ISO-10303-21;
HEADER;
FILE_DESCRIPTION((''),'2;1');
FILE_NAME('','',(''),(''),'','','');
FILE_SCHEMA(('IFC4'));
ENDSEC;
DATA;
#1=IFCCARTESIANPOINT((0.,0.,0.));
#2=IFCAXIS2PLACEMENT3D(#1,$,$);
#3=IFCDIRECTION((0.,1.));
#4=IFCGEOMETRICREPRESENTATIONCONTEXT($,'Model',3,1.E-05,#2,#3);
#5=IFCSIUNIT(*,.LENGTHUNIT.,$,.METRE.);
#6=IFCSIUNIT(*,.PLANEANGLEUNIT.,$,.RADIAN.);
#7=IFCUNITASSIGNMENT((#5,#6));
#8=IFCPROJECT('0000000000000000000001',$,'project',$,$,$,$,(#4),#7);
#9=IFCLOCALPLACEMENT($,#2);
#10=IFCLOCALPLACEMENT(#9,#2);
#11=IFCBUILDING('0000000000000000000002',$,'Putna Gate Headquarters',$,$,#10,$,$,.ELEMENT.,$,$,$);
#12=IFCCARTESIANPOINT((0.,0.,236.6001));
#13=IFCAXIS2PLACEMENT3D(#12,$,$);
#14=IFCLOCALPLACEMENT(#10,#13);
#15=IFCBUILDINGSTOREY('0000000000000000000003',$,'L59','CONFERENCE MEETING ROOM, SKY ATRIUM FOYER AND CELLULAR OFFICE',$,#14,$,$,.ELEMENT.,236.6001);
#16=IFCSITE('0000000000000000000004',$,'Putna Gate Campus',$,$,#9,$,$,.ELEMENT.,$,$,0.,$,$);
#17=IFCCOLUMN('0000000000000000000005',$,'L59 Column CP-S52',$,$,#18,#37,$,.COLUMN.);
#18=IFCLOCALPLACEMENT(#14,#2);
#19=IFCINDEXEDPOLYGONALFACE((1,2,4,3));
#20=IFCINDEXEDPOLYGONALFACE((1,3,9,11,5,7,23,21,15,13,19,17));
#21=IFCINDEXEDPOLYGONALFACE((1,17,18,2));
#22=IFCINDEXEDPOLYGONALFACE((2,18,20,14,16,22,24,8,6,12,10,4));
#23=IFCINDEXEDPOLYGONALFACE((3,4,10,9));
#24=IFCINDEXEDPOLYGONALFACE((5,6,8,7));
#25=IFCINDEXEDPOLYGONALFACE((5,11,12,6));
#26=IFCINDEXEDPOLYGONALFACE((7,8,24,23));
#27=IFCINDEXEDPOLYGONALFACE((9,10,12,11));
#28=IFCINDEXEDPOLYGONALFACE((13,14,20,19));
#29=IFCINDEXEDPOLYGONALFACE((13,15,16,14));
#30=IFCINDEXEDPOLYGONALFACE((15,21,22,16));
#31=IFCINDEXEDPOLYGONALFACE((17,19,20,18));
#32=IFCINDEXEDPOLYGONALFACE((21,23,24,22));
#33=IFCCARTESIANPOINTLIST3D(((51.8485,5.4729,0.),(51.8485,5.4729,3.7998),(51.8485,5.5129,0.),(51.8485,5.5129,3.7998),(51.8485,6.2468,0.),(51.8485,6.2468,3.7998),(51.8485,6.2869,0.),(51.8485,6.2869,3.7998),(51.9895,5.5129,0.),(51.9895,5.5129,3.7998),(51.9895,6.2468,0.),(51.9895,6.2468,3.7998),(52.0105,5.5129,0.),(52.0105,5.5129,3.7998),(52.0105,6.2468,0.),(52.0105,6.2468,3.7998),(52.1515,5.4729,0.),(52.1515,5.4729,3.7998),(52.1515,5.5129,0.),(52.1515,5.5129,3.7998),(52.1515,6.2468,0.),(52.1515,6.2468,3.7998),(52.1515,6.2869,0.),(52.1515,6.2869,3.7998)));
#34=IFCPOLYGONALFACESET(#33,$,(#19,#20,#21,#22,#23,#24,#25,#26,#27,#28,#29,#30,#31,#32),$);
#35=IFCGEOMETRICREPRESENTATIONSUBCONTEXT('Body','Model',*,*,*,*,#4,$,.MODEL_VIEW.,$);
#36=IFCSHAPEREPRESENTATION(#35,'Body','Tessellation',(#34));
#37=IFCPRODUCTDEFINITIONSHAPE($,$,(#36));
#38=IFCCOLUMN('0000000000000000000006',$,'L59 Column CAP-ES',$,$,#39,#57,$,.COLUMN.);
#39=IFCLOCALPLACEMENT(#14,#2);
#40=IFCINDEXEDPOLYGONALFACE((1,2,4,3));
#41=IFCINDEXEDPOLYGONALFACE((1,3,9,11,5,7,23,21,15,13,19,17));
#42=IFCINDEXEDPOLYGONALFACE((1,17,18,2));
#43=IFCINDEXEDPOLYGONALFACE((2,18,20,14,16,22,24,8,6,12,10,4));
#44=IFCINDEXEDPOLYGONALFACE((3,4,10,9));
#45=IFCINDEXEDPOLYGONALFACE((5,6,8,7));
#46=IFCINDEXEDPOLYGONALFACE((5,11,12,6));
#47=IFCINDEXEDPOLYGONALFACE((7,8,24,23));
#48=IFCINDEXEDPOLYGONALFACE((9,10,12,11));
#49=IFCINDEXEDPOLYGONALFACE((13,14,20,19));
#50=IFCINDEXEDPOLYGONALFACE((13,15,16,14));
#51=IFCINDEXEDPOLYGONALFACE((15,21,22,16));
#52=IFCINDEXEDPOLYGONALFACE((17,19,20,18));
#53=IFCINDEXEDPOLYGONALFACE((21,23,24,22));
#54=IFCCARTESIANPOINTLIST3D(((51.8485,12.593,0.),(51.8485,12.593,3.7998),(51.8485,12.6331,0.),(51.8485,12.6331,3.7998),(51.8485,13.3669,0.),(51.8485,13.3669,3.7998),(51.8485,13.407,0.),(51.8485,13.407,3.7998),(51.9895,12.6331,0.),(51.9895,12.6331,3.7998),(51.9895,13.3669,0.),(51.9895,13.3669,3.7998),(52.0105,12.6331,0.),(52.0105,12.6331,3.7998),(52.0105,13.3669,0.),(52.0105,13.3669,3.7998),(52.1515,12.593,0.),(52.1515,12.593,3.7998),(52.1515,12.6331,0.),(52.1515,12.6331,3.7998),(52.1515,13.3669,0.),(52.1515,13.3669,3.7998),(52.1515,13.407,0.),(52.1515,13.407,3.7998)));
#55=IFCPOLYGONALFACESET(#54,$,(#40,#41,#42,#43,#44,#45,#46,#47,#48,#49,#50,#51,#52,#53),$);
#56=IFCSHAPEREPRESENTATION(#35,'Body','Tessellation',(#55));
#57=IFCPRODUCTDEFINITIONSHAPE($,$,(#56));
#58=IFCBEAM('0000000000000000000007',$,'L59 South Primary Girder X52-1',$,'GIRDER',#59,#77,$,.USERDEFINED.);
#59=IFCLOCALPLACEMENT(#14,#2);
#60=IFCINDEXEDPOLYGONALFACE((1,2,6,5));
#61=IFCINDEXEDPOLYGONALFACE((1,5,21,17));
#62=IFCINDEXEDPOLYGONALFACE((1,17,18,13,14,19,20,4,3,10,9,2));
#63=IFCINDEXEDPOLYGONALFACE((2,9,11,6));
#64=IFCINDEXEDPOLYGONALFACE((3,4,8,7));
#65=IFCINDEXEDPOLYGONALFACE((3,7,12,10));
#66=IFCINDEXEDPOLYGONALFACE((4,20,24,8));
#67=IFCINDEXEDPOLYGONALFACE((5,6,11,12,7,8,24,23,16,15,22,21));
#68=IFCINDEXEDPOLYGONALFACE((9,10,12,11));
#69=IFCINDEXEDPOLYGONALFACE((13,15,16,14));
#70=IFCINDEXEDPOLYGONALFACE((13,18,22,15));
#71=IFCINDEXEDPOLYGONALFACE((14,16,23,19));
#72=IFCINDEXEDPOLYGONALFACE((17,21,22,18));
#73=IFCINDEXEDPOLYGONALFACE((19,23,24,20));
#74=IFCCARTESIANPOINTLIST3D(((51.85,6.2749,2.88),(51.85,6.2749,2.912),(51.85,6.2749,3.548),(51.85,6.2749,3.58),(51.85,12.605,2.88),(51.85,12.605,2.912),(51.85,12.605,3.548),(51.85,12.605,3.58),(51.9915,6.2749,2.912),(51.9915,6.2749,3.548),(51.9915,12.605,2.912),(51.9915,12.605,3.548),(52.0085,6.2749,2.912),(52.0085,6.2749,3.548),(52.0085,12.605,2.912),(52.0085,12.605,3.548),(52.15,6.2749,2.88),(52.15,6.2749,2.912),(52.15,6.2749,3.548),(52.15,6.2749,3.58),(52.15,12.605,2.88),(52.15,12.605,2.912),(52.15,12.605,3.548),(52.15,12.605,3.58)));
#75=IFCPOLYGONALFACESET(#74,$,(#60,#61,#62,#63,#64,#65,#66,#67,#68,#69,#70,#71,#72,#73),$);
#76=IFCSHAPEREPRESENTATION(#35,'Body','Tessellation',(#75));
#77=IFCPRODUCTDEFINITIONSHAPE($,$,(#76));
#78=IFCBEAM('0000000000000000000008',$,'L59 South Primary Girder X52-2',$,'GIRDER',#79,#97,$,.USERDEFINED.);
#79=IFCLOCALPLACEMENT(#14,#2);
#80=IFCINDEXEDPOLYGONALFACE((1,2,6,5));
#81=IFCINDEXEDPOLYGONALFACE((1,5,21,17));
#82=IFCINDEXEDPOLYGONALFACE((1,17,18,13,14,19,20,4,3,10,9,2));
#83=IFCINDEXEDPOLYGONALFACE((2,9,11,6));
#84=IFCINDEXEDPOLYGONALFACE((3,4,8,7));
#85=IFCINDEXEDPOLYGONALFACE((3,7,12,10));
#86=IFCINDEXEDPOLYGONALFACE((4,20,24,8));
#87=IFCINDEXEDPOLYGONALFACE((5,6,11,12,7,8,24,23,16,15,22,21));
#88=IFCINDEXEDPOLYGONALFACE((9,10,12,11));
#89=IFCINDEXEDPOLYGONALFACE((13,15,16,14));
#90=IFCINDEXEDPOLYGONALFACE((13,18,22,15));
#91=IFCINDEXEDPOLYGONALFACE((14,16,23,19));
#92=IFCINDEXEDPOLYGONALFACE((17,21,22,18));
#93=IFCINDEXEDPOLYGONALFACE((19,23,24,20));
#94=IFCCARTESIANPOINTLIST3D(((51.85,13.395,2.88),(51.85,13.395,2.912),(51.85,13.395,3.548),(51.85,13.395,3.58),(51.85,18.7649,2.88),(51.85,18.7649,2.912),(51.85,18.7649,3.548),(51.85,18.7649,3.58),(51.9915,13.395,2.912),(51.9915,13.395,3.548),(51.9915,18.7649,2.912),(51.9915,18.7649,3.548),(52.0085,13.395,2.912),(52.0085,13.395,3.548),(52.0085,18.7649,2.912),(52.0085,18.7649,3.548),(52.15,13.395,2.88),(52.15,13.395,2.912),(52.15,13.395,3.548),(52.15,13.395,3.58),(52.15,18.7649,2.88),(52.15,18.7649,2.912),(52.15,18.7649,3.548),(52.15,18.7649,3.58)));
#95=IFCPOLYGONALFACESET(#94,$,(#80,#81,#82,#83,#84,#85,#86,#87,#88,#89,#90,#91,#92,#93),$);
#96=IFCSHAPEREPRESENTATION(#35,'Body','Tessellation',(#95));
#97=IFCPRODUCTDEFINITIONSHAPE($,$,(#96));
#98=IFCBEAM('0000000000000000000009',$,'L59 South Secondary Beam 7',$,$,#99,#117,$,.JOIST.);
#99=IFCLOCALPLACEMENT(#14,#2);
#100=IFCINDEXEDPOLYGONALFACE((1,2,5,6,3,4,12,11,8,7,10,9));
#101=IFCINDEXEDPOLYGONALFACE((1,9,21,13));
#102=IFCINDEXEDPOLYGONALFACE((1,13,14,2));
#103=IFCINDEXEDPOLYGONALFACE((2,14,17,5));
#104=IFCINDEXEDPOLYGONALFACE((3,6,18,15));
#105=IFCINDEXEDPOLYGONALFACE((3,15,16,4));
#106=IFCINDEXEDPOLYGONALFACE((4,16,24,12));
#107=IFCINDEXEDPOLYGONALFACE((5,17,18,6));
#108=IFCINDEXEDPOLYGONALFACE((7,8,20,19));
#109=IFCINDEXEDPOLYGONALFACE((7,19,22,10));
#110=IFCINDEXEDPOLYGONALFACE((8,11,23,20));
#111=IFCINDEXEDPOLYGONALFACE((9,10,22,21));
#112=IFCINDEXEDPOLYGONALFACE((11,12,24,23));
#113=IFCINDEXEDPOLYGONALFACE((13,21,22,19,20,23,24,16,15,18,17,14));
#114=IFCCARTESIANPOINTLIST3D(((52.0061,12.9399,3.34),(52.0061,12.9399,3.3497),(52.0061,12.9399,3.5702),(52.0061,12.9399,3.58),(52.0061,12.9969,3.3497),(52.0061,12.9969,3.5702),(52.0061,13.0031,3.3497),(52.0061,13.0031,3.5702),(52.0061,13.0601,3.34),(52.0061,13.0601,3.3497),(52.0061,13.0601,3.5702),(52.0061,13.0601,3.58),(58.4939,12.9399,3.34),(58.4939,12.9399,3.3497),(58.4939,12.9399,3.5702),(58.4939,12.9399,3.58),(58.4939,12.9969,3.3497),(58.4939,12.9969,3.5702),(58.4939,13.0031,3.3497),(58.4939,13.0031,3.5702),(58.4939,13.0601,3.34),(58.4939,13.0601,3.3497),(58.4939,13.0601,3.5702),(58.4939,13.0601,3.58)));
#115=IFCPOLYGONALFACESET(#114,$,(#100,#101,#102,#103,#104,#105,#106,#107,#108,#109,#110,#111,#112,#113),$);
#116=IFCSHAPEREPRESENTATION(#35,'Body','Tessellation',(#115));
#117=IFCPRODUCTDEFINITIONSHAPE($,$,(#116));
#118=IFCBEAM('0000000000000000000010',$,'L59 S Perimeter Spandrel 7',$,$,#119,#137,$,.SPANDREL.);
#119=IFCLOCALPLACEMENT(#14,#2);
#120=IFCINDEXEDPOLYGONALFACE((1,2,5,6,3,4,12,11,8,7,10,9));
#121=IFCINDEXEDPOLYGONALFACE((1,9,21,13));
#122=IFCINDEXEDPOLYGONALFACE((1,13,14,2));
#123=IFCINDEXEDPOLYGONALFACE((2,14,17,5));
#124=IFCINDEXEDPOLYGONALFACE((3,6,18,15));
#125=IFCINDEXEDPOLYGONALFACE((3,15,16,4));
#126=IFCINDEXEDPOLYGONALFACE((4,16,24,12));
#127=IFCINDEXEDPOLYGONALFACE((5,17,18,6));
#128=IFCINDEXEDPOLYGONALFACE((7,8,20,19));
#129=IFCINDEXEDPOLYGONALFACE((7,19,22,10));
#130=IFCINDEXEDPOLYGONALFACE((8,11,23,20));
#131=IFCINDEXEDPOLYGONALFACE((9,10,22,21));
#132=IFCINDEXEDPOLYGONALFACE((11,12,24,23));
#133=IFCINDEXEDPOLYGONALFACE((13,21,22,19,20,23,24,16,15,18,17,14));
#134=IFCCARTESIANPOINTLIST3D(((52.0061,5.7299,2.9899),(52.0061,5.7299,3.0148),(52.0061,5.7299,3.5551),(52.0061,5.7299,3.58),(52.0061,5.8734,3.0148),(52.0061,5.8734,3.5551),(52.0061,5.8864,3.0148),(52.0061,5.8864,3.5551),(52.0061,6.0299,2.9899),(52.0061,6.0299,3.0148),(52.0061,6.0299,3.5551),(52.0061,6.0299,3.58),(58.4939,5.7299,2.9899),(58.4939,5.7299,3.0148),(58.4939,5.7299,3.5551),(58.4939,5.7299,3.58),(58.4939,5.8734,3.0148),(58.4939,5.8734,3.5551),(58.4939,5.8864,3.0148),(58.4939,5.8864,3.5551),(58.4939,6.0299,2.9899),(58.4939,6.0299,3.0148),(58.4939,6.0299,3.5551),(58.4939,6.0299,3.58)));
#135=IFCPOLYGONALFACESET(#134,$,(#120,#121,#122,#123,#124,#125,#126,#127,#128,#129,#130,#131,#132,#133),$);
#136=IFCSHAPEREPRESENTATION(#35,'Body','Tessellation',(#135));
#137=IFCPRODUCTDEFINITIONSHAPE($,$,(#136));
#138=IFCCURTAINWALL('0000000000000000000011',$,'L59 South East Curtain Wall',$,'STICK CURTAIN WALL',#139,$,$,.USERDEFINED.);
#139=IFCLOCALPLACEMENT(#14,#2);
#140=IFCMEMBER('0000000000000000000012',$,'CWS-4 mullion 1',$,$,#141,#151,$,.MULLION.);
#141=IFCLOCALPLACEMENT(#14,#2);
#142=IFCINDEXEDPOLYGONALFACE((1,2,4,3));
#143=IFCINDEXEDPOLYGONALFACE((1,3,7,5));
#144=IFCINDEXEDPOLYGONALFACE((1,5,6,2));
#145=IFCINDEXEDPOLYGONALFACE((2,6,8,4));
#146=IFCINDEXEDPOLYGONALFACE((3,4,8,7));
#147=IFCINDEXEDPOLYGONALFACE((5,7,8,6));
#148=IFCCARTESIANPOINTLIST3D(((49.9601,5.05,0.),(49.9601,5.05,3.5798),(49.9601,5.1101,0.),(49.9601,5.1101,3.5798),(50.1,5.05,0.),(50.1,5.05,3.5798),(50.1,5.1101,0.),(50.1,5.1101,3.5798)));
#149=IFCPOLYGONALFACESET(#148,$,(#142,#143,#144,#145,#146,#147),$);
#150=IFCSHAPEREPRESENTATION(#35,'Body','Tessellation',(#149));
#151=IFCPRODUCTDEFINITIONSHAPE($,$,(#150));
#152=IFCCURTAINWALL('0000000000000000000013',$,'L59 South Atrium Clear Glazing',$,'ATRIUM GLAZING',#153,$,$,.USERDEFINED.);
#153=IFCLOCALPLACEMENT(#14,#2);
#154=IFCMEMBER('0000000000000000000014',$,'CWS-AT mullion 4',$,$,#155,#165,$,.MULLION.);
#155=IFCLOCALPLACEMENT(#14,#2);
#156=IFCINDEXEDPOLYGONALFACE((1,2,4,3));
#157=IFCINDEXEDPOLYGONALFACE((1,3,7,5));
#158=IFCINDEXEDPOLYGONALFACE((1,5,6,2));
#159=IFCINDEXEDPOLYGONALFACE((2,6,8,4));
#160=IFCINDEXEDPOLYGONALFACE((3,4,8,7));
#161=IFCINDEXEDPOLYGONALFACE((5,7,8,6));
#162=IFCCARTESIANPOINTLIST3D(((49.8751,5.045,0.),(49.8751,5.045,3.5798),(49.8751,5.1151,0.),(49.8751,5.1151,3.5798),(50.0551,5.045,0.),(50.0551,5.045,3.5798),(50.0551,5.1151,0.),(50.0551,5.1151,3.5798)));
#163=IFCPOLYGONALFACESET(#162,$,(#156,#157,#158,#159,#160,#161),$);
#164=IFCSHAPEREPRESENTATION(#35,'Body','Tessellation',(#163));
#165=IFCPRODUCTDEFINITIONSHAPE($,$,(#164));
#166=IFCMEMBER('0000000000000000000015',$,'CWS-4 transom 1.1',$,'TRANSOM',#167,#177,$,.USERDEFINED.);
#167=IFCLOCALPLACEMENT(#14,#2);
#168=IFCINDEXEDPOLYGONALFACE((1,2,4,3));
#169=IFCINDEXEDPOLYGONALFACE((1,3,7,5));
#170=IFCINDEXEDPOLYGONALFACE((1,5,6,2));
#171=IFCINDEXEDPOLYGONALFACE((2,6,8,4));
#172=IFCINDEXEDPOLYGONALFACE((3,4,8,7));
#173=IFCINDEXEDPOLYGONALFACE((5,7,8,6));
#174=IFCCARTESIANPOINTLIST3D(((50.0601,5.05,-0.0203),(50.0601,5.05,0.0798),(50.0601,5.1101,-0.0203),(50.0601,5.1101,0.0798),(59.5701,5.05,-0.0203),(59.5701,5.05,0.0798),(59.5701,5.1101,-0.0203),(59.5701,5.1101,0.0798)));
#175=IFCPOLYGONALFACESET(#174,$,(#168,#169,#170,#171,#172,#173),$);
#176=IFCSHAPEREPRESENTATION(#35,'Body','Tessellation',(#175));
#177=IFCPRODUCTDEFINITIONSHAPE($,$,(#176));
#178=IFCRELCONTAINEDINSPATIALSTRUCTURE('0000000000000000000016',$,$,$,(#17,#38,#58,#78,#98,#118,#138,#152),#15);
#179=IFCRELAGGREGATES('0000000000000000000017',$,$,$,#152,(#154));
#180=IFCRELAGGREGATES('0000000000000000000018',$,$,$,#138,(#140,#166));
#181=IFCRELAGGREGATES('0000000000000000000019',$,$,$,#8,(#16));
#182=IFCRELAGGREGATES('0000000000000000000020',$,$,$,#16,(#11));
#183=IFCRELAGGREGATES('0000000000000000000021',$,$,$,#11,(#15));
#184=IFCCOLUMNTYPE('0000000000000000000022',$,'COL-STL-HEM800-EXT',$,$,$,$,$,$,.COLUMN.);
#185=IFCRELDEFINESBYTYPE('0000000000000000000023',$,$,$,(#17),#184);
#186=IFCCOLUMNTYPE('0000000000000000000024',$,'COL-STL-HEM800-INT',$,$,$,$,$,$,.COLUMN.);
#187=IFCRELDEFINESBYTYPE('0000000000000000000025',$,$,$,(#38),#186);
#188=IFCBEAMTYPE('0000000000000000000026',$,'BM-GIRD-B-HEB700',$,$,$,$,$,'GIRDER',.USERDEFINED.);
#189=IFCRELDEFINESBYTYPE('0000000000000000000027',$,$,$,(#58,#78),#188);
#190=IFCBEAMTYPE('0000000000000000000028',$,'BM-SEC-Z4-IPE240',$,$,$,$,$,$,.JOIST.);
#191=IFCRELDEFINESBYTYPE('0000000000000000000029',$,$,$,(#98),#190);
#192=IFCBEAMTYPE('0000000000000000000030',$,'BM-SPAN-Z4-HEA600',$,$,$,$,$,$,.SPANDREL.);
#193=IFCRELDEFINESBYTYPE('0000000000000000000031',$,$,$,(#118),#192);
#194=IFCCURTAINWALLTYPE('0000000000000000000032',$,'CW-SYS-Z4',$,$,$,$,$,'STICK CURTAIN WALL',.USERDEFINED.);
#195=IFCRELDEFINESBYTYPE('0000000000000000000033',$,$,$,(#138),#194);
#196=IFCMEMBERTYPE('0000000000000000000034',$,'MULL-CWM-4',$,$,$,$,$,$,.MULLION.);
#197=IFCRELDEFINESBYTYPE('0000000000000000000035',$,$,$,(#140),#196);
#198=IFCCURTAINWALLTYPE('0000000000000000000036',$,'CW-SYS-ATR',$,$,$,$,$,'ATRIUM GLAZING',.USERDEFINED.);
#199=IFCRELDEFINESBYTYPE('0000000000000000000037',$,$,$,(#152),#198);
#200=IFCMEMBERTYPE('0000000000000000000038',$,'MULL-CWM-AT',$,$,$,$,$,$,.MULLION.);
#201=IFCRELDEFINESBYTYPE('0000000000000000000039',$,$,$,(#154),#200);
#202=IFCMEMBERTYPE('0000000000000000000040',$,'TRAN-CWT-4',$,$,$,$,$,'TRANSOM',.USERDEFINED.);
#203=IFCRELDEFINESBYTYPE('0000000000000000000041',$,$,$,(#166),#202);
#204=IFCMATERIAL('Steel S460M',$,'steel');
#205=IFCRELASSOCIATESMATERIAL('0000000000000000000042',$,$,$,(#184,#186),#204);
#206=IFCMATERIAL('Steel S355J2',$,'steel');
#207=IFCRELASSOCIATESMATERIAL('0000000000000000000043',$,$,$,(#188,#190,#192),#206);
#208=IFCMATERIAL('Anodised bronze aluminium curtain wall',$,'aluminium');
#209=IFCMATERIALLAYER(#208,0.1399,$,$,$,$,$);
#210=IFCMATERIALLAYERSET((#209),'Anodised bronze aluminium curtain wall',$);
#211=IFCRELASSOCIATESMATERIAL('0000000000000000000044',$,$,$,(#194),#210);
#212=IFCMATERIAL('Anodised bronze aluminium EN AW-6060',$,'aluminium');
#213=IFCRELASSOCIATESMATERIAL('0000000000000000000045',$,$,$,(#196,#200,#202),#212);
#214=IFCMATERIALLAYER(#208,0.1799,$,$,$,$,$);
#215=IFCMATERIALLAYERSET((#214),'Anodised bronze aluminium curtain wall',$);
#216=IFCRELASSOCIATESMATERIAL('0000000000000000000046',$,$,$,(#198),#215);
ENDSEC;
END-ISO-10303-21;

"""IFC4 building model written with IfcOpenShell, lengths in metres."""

from ifc_helpers import new_model, si_unit, direction, frame, origin, origin_2d, place, context, subcontext, project, spatial, rectangle, i_section, extrude, material, layer, layer_set, material_profile, profile_set, type_object, element, aggregate, save


model = new_model("IFC4")

# Units and contexts
model_context = context("Model", 3, precision=1e-05, world=origin(), true_north=direction((0.0, 1.0)))
body_context = subcontext(model_context, "Body", "Model", "MODEL_VIEW")
ifc_project = project(units=[si_unit("LENGTHUNIT", "METRE"), si_unit("PLANEANGLEUNIT", "RADIAN")], contexts=[model_context])

# Site, building, storey
site_placement = place(None, origin())
site = spatial("IfcSite", under=ifc_project, at=site_placement, Name="Putna Gate Campus", CompositionType="ELEMENT", RefElevation=0.0)
building_placement = place(site_placement, origin())
building = spatial("IfcBuilding", under=site, at=building_placement, Name="Putna Gate Headquarters", CompositionType="ELEMENT")
storey_placement = place(building_placement, frame((0.0, 0.0, 236.6001)))
storey = spatial("IfcBuildingStorey", under=building, at=storey_placement, Name="L59", Description="CONFERENCE MEETING ROOM, SKY ATRIUM FOYER AND CELLULAR OFFICE", CompositionType="ELEMENT", Elevation=236.6001)

# Columns
ifc_material_1 = material(Name="Steel S460M", Category="steel")
ifc_material_profile_1 = material_profile(ifc_material_1, i_section(OverallWidth=0.303, OverallDepth=0.814, WebThickness=0.021, FlangeThickness=0.04, at=origin_2d()), Name="Steel S460M")
ifc_profile_set_1 = profile_set([ifc_material_profile_1], Name="Steel S460M")
column_type_1 = type_object("IfcColumnType", Name="COL-STL-HEM800-EXT", PredefinedType="COLUMN", material=ifc_profile_set_1)
column_1_placement = place(storey_placement, frame((52.0, 5.8799, 0.0), z_axis=(0.0, 0.0, 1.0), x_axis=(1.0, 0.0, 0.0)))
element("IfcColumn", 1, at=column_1_placement, inside=storey, type_object=column_type_1, Name="L59 Column CP-S52", PredefinedType="COLUMN", context=body_context, shape_type="SweptSolid", body=[
    extrude(i_section(OverallWidth=0.303, OverallDepth=0.814, WebThickness=0.021, FlangeThickness=0.04, at=origin_2d()), origin(), (0.0, 0.0, 1.0), 3.7998),
])
ifc_material_profile_2 = material_profile(ifc_material_1, i_section(OverallWidth=0.303, OverallDepth=0.814, WebThickness=0.021, FlangeThickness=0.04, at=origin_2d()), Name="Steel S460M")
ifc_profile_set_2 = profile_set([ifc_material_profile_2], Name="Steel S460M")
column_type_2 = type_object("IfcColumnType", Name="COL-STL-HEM800-INT", PredefinedType="COLUMN", material=ifc_profile_set_2)
column_2_placement = place(storey_placement, frame((52.0, 13.0, 0.0), z_axis=(0.0, 0.0, 1.0), x_axis=(1.0, 0.0, 0.0)))
element("IfcColumn", 2, at=column_2_placement, inside=storey, type_object=column_type_2, Name="L59 Column CAP-ES", PredefinedType="COLUMN", context=body_context, shape_type="SweptSolid", body=[
    extrude(i_section(OverallWidth=0.303, OverallDepth=0.814, WebThickness=0.021, FlangeThickness=0.04, at=origin_2d()), origin(), (0.0, 0.0, 1.0), 3.7998),
])

# Beams
ifc_material_2 = material(Name="Steel S355J2", Category="steel")
ifc_material_profile_3 = material_profile(ifc_material_2, i_section(OverallWidth=0.3, OverallDepth=0.7, WebThickness=0.0171, FlangeThickness=0.032, at=origin_2d()), Name="Steel S355J2")
ifc_profile_set_3 = profile_set([ifc_material_profile_3], Name="Steel S355J2")
beam_type_1 = type_object("IfcBeamType", Name="BM-GIRD-B-HEB700", ElementType="GIRDER", PredefinedType="USERDEFINED", material=ifc_profile_set_3)
beam_1_placement = place(storey_placement, frame((52.0, 6.2749, 3.23), z_axis=(0.0, 1.0, 0.0), x_axis=(-1.0, 0.0, 0.0)))
element("IfcBeam", 3, at=beam_1_placement, inside=storey, type_object=beam_type_1, Name="L59 South Primary Girder X52-1", ObjectType="GIRDER", PredefinedType="USERDEFINED", context=body_context, shape_type="SweptSolid", body=[
    extrude(i_section(OverallWidth=0.3, OverallDepth=0.7, WebThickness=0.0171, FlangeThickness=0.032, at=origin_2d()), origin(), (0.0, 0.0, 1.0), 6.3301),
])
beam_2_placement = place(storey_placement, frame((52.0, 13.395, 3.23), z_axis=(0.0, 1.0, 0.0), x_axis=(-1.0, 0.0, 0.0)))
element("IfcBeam", 4, at=beam_2_placement, inside=storey, type_object=beam_type_1, Name="L59 South Primary Girder X52-2", ObjectType="GIRDER", PredefinedType="USERDEFINED", context=body_context, shape_type="SweptSolid", body=[
    extrude(i_section(OverallWidth=0.3, OverallDepth=0.7, WebThickness=0.0171, FlangeThickness=0.032, at=origin_2d()), origin(), (0.0, 0.0, 1.0), 5.3699),
])
ifc_material_profile_4 = material_profile(ifc_material_2, i_section(OverallWidth=0.1201, OverallDepth=0.24, WebThickness=0.0061, FlangeThickness=0.0098, at=origin_2d()), Name="Steel S355J2")
ifc_profile_set_4 = profile_set([ifc_material_profile_4], Name="Steel S355J2")
beam_type_2 = type_object("IfcBeamType", Name="BM-SEC-Z4-IPE240", PredefinedType="JOIST", material=ifc_profile_set_4)
beam_3_placement = place(storey_placement, frame((52.0061, 13.0, 3.46), z_axis=(1.0, 0.0, 0.0), x_axis=(0.0, 1.0, 0.0)))
element("IfcBeam", 5, at=beam_3_placement, inside=storey, type_object=beam_type_2, Name="L59 South Secondary Beam 7", PredefinedType="JOIST", context=body_context, shape_type="SweptSolid", body=[
    extrude(i_section(OverallWidth=0.1201, OverallDepth=0.24, WebThickness=0.0061, FlangeThickness=0.0098, at=origin_2d()), origin(), (0.0, 0.0, 1.0), 6.4878),
])
ifc_material_profile_5 = material_profile(ifc_material_2, i_section(OverallWidth=0.3, OverallDepth=0.5901, WebThickness=0.0129, FlangeThickness=0.0249, at=origin_2d()), Name="Steel S355J2")
ifc_profile_set_5 = profile_set([ifc_material_profile_5], Name="Steel S355J2")
beam_type_3 = type_object("IfcBeamType", Name="BM-SPAN-Z4-HEA600", PredefinedType="SPANDREL", material=ifc_profile_set_5)
beam_4_placement = place(storey_placement, frame((52.0061, 5.8799, 3.2849), z_axis=(1.0, 0.0, 0.0), x_axis=(0.0, 1.0, 0.0)))
element("IfcBeam", 6, at=beam_4_placement, inside=storey, type_object=beam_type_3, Name="L59 S Perimeter Spandrel 7", PredefinedType="SPANDREL", context=body_context, shape_type="SweptSolid", body=[
    extrude(i_section(OverallWidth=0.3, OverallDepth=0.5901, WebThickness=0.0129, FlangeThickness=0.0249, at=origin_2d()), origin(), (0.0, 0.0, 1.0), 6.4878),
])

# Curtain walls, members
ifc_material_3 = material(Name="Anodised bronze aluminium curtain wall", Category="aluminium")
ifc_layer_1 = layer(ifc_material_3, 0.1399)
ifc_layer_set_1 = layer_set([ifc_layer_1], Name="Anodised bronze aluminium curtain wall")
curtain_wall_type_1 = type_object("IfcCurtainWallType", Name="CW-SYS-Z4", ElementType="STICK CURTAIN WALL", PredefinedType="USERDEFINED", material=ifc_layer_set_1)
curtain_wall_1_placement = place(storey_placement, origin())
curtain_wall_1 = element("IfcCurtainWall", 7, at=curtain_wall_1_placement, inside=storey, type_object=curtain_wall_type_1, Name="L59 South East Curtain Wall", ObjectType="STICK CURTAIN WALL", PredefinedType="USERDEFINED")
ifc_material_4 = material(Name="Anodised bronze aluminium EN AW-6060", Category="aluminium")
ifc_material_profile_6 = material_profile(ifc_material_4, rectangle(XDim=0.0601, YDim=0.1399, at=origin_2d()), Name="Anodised bronze aluminium EN AW-6060")
ifc_profile_set_6 = profile_set([ifc_material_profile_6], Name="Anodised bronze aluminium EN AW-6060")
member_type_1 = type_object("IfcMemberType", Name="MULL-CWM-4", PredefinedType="MULLION", material=ifc_profile_set_6)
member_1_placement = place(storey_placement, frame((50.03, 5.0801, 0.0), z_axis=(0.0, 0.0, 1.0), x_axis=(0.0, 1.0, 0.0)))
member_1 = element("IfcMember", 8, at=member_1_placement, type_object=member_type_1, Name="CWS-4 mullion 1", PredefinedType="MULLION", context=body_context, shape_type="SweptSolid", body=[
    extrude(rectangle(XDim=0.0601, YDim=0.1399, at=origin_2d()), origin(), (0.0, 0.0, 1.0), 3.5798),
])
ifc_layer_2 = layer(ifc_material_3, 0.1799)
ifc_layer_set_2 = layer_set([ifc_layer_2], Name="Anodised bronze aluminium curtain wall")
curtain_wall_type_2 = type_object("IfcCurtainWallType", Name="CW-SYS-ATR", ElementType="ATRIUM GLAZING", PredefinedType="USERDEFINED", material=ifc_layer_set_2)
curtain_wall_2_placement = place(storey_placement, origin())
curtain_wall_2 = element("IfcCurtainWall", 9, at=curtain_wall_2_placement, inside=storey, type_object=curtain_wall_type_2, Name="L59 South Atrium Clear Glazing", ObjectType="ATRIUM GLAZING", PredefinedType="USERDEFINED")
ifc_material_profile_7 = material_profile(ifc_material_4, rectangle(XDim=0.0701, YDim=0.1799, at=origin_2d()), Name="Anodised bronze aluminium EN AW-6060")
ifc_profile_set_7 = profile_set([ifc_material_profile_7], Name="Anodised bronze aluminium EN AW-6060")
member_type_2 = type_object("IfcMemberType", Name="MULL-CWM-AT", PredefinedType="MULLION", material=ifc_profile_set_7)
member_2_placement = place(storey_placement, frame((49.9651, 5.0801, 0.0), z_axis=(0.0, 0.0, 1.0), x_axis=(0.0, 1.0, 0.0)))
member_2 = element("IfcMember", 10, at=member_2_placement, type_object=member_type_2, Name="CWS-AT mullion 4", PredefinedType="MULLION", context=body_context, shape_type="SweptSolid", body=[
    extrude(rectangle(XDim=0.0701, YDim=0.1799, at=origin_2d()), origin(), (0.0, 0.0, 1.0), 3.5798),
])
aggregate(curtain_wall_2, [member_2])

# Member
ifc_material_profile_8 = material_profile(ifc_material_4, rectangle(XDim=0.0601, YDim=0.1001, at=origin_2d()), Name="Anodised bronze aluminium EN AW-6060")
ifc_profile_set_8 = profile_set([ifc_material_profile_8], Name="Anodised bronze aluminium EN AW-6060")
member_type_3 = type_object("IfcMemberType", Name="TRAN-CWT-4", ElementType="TRANSOM", PredefinedType="USERDEFINED", material=ifc_profile_set_8)
member_3_placement = place(storey_placement, frame((50.0601, 5.0801, 0.0298), z_axis=(1.0, 0.0, 0.0), x_axis=(0.0, 1.0, 0.0)))
member_3 = element("IfcMember", 11, at=member_3_placement, type_object=member_type_3, Name="CWS-4 transom 1.1", ObjectType="TRANSOM", PredefinedType="USERDEFINED", context=body_context, shape_type="SweptSolid", body=[
    extrude(rectangle(XDim=0.0601, YDim=0.1001, at=origin_2d()), origin(), (0.0, 0.0, 1.0), 9.51),
])

aggregate(curtain_wall_1, [member_1, member_3])

save(model, "model.ifc")
